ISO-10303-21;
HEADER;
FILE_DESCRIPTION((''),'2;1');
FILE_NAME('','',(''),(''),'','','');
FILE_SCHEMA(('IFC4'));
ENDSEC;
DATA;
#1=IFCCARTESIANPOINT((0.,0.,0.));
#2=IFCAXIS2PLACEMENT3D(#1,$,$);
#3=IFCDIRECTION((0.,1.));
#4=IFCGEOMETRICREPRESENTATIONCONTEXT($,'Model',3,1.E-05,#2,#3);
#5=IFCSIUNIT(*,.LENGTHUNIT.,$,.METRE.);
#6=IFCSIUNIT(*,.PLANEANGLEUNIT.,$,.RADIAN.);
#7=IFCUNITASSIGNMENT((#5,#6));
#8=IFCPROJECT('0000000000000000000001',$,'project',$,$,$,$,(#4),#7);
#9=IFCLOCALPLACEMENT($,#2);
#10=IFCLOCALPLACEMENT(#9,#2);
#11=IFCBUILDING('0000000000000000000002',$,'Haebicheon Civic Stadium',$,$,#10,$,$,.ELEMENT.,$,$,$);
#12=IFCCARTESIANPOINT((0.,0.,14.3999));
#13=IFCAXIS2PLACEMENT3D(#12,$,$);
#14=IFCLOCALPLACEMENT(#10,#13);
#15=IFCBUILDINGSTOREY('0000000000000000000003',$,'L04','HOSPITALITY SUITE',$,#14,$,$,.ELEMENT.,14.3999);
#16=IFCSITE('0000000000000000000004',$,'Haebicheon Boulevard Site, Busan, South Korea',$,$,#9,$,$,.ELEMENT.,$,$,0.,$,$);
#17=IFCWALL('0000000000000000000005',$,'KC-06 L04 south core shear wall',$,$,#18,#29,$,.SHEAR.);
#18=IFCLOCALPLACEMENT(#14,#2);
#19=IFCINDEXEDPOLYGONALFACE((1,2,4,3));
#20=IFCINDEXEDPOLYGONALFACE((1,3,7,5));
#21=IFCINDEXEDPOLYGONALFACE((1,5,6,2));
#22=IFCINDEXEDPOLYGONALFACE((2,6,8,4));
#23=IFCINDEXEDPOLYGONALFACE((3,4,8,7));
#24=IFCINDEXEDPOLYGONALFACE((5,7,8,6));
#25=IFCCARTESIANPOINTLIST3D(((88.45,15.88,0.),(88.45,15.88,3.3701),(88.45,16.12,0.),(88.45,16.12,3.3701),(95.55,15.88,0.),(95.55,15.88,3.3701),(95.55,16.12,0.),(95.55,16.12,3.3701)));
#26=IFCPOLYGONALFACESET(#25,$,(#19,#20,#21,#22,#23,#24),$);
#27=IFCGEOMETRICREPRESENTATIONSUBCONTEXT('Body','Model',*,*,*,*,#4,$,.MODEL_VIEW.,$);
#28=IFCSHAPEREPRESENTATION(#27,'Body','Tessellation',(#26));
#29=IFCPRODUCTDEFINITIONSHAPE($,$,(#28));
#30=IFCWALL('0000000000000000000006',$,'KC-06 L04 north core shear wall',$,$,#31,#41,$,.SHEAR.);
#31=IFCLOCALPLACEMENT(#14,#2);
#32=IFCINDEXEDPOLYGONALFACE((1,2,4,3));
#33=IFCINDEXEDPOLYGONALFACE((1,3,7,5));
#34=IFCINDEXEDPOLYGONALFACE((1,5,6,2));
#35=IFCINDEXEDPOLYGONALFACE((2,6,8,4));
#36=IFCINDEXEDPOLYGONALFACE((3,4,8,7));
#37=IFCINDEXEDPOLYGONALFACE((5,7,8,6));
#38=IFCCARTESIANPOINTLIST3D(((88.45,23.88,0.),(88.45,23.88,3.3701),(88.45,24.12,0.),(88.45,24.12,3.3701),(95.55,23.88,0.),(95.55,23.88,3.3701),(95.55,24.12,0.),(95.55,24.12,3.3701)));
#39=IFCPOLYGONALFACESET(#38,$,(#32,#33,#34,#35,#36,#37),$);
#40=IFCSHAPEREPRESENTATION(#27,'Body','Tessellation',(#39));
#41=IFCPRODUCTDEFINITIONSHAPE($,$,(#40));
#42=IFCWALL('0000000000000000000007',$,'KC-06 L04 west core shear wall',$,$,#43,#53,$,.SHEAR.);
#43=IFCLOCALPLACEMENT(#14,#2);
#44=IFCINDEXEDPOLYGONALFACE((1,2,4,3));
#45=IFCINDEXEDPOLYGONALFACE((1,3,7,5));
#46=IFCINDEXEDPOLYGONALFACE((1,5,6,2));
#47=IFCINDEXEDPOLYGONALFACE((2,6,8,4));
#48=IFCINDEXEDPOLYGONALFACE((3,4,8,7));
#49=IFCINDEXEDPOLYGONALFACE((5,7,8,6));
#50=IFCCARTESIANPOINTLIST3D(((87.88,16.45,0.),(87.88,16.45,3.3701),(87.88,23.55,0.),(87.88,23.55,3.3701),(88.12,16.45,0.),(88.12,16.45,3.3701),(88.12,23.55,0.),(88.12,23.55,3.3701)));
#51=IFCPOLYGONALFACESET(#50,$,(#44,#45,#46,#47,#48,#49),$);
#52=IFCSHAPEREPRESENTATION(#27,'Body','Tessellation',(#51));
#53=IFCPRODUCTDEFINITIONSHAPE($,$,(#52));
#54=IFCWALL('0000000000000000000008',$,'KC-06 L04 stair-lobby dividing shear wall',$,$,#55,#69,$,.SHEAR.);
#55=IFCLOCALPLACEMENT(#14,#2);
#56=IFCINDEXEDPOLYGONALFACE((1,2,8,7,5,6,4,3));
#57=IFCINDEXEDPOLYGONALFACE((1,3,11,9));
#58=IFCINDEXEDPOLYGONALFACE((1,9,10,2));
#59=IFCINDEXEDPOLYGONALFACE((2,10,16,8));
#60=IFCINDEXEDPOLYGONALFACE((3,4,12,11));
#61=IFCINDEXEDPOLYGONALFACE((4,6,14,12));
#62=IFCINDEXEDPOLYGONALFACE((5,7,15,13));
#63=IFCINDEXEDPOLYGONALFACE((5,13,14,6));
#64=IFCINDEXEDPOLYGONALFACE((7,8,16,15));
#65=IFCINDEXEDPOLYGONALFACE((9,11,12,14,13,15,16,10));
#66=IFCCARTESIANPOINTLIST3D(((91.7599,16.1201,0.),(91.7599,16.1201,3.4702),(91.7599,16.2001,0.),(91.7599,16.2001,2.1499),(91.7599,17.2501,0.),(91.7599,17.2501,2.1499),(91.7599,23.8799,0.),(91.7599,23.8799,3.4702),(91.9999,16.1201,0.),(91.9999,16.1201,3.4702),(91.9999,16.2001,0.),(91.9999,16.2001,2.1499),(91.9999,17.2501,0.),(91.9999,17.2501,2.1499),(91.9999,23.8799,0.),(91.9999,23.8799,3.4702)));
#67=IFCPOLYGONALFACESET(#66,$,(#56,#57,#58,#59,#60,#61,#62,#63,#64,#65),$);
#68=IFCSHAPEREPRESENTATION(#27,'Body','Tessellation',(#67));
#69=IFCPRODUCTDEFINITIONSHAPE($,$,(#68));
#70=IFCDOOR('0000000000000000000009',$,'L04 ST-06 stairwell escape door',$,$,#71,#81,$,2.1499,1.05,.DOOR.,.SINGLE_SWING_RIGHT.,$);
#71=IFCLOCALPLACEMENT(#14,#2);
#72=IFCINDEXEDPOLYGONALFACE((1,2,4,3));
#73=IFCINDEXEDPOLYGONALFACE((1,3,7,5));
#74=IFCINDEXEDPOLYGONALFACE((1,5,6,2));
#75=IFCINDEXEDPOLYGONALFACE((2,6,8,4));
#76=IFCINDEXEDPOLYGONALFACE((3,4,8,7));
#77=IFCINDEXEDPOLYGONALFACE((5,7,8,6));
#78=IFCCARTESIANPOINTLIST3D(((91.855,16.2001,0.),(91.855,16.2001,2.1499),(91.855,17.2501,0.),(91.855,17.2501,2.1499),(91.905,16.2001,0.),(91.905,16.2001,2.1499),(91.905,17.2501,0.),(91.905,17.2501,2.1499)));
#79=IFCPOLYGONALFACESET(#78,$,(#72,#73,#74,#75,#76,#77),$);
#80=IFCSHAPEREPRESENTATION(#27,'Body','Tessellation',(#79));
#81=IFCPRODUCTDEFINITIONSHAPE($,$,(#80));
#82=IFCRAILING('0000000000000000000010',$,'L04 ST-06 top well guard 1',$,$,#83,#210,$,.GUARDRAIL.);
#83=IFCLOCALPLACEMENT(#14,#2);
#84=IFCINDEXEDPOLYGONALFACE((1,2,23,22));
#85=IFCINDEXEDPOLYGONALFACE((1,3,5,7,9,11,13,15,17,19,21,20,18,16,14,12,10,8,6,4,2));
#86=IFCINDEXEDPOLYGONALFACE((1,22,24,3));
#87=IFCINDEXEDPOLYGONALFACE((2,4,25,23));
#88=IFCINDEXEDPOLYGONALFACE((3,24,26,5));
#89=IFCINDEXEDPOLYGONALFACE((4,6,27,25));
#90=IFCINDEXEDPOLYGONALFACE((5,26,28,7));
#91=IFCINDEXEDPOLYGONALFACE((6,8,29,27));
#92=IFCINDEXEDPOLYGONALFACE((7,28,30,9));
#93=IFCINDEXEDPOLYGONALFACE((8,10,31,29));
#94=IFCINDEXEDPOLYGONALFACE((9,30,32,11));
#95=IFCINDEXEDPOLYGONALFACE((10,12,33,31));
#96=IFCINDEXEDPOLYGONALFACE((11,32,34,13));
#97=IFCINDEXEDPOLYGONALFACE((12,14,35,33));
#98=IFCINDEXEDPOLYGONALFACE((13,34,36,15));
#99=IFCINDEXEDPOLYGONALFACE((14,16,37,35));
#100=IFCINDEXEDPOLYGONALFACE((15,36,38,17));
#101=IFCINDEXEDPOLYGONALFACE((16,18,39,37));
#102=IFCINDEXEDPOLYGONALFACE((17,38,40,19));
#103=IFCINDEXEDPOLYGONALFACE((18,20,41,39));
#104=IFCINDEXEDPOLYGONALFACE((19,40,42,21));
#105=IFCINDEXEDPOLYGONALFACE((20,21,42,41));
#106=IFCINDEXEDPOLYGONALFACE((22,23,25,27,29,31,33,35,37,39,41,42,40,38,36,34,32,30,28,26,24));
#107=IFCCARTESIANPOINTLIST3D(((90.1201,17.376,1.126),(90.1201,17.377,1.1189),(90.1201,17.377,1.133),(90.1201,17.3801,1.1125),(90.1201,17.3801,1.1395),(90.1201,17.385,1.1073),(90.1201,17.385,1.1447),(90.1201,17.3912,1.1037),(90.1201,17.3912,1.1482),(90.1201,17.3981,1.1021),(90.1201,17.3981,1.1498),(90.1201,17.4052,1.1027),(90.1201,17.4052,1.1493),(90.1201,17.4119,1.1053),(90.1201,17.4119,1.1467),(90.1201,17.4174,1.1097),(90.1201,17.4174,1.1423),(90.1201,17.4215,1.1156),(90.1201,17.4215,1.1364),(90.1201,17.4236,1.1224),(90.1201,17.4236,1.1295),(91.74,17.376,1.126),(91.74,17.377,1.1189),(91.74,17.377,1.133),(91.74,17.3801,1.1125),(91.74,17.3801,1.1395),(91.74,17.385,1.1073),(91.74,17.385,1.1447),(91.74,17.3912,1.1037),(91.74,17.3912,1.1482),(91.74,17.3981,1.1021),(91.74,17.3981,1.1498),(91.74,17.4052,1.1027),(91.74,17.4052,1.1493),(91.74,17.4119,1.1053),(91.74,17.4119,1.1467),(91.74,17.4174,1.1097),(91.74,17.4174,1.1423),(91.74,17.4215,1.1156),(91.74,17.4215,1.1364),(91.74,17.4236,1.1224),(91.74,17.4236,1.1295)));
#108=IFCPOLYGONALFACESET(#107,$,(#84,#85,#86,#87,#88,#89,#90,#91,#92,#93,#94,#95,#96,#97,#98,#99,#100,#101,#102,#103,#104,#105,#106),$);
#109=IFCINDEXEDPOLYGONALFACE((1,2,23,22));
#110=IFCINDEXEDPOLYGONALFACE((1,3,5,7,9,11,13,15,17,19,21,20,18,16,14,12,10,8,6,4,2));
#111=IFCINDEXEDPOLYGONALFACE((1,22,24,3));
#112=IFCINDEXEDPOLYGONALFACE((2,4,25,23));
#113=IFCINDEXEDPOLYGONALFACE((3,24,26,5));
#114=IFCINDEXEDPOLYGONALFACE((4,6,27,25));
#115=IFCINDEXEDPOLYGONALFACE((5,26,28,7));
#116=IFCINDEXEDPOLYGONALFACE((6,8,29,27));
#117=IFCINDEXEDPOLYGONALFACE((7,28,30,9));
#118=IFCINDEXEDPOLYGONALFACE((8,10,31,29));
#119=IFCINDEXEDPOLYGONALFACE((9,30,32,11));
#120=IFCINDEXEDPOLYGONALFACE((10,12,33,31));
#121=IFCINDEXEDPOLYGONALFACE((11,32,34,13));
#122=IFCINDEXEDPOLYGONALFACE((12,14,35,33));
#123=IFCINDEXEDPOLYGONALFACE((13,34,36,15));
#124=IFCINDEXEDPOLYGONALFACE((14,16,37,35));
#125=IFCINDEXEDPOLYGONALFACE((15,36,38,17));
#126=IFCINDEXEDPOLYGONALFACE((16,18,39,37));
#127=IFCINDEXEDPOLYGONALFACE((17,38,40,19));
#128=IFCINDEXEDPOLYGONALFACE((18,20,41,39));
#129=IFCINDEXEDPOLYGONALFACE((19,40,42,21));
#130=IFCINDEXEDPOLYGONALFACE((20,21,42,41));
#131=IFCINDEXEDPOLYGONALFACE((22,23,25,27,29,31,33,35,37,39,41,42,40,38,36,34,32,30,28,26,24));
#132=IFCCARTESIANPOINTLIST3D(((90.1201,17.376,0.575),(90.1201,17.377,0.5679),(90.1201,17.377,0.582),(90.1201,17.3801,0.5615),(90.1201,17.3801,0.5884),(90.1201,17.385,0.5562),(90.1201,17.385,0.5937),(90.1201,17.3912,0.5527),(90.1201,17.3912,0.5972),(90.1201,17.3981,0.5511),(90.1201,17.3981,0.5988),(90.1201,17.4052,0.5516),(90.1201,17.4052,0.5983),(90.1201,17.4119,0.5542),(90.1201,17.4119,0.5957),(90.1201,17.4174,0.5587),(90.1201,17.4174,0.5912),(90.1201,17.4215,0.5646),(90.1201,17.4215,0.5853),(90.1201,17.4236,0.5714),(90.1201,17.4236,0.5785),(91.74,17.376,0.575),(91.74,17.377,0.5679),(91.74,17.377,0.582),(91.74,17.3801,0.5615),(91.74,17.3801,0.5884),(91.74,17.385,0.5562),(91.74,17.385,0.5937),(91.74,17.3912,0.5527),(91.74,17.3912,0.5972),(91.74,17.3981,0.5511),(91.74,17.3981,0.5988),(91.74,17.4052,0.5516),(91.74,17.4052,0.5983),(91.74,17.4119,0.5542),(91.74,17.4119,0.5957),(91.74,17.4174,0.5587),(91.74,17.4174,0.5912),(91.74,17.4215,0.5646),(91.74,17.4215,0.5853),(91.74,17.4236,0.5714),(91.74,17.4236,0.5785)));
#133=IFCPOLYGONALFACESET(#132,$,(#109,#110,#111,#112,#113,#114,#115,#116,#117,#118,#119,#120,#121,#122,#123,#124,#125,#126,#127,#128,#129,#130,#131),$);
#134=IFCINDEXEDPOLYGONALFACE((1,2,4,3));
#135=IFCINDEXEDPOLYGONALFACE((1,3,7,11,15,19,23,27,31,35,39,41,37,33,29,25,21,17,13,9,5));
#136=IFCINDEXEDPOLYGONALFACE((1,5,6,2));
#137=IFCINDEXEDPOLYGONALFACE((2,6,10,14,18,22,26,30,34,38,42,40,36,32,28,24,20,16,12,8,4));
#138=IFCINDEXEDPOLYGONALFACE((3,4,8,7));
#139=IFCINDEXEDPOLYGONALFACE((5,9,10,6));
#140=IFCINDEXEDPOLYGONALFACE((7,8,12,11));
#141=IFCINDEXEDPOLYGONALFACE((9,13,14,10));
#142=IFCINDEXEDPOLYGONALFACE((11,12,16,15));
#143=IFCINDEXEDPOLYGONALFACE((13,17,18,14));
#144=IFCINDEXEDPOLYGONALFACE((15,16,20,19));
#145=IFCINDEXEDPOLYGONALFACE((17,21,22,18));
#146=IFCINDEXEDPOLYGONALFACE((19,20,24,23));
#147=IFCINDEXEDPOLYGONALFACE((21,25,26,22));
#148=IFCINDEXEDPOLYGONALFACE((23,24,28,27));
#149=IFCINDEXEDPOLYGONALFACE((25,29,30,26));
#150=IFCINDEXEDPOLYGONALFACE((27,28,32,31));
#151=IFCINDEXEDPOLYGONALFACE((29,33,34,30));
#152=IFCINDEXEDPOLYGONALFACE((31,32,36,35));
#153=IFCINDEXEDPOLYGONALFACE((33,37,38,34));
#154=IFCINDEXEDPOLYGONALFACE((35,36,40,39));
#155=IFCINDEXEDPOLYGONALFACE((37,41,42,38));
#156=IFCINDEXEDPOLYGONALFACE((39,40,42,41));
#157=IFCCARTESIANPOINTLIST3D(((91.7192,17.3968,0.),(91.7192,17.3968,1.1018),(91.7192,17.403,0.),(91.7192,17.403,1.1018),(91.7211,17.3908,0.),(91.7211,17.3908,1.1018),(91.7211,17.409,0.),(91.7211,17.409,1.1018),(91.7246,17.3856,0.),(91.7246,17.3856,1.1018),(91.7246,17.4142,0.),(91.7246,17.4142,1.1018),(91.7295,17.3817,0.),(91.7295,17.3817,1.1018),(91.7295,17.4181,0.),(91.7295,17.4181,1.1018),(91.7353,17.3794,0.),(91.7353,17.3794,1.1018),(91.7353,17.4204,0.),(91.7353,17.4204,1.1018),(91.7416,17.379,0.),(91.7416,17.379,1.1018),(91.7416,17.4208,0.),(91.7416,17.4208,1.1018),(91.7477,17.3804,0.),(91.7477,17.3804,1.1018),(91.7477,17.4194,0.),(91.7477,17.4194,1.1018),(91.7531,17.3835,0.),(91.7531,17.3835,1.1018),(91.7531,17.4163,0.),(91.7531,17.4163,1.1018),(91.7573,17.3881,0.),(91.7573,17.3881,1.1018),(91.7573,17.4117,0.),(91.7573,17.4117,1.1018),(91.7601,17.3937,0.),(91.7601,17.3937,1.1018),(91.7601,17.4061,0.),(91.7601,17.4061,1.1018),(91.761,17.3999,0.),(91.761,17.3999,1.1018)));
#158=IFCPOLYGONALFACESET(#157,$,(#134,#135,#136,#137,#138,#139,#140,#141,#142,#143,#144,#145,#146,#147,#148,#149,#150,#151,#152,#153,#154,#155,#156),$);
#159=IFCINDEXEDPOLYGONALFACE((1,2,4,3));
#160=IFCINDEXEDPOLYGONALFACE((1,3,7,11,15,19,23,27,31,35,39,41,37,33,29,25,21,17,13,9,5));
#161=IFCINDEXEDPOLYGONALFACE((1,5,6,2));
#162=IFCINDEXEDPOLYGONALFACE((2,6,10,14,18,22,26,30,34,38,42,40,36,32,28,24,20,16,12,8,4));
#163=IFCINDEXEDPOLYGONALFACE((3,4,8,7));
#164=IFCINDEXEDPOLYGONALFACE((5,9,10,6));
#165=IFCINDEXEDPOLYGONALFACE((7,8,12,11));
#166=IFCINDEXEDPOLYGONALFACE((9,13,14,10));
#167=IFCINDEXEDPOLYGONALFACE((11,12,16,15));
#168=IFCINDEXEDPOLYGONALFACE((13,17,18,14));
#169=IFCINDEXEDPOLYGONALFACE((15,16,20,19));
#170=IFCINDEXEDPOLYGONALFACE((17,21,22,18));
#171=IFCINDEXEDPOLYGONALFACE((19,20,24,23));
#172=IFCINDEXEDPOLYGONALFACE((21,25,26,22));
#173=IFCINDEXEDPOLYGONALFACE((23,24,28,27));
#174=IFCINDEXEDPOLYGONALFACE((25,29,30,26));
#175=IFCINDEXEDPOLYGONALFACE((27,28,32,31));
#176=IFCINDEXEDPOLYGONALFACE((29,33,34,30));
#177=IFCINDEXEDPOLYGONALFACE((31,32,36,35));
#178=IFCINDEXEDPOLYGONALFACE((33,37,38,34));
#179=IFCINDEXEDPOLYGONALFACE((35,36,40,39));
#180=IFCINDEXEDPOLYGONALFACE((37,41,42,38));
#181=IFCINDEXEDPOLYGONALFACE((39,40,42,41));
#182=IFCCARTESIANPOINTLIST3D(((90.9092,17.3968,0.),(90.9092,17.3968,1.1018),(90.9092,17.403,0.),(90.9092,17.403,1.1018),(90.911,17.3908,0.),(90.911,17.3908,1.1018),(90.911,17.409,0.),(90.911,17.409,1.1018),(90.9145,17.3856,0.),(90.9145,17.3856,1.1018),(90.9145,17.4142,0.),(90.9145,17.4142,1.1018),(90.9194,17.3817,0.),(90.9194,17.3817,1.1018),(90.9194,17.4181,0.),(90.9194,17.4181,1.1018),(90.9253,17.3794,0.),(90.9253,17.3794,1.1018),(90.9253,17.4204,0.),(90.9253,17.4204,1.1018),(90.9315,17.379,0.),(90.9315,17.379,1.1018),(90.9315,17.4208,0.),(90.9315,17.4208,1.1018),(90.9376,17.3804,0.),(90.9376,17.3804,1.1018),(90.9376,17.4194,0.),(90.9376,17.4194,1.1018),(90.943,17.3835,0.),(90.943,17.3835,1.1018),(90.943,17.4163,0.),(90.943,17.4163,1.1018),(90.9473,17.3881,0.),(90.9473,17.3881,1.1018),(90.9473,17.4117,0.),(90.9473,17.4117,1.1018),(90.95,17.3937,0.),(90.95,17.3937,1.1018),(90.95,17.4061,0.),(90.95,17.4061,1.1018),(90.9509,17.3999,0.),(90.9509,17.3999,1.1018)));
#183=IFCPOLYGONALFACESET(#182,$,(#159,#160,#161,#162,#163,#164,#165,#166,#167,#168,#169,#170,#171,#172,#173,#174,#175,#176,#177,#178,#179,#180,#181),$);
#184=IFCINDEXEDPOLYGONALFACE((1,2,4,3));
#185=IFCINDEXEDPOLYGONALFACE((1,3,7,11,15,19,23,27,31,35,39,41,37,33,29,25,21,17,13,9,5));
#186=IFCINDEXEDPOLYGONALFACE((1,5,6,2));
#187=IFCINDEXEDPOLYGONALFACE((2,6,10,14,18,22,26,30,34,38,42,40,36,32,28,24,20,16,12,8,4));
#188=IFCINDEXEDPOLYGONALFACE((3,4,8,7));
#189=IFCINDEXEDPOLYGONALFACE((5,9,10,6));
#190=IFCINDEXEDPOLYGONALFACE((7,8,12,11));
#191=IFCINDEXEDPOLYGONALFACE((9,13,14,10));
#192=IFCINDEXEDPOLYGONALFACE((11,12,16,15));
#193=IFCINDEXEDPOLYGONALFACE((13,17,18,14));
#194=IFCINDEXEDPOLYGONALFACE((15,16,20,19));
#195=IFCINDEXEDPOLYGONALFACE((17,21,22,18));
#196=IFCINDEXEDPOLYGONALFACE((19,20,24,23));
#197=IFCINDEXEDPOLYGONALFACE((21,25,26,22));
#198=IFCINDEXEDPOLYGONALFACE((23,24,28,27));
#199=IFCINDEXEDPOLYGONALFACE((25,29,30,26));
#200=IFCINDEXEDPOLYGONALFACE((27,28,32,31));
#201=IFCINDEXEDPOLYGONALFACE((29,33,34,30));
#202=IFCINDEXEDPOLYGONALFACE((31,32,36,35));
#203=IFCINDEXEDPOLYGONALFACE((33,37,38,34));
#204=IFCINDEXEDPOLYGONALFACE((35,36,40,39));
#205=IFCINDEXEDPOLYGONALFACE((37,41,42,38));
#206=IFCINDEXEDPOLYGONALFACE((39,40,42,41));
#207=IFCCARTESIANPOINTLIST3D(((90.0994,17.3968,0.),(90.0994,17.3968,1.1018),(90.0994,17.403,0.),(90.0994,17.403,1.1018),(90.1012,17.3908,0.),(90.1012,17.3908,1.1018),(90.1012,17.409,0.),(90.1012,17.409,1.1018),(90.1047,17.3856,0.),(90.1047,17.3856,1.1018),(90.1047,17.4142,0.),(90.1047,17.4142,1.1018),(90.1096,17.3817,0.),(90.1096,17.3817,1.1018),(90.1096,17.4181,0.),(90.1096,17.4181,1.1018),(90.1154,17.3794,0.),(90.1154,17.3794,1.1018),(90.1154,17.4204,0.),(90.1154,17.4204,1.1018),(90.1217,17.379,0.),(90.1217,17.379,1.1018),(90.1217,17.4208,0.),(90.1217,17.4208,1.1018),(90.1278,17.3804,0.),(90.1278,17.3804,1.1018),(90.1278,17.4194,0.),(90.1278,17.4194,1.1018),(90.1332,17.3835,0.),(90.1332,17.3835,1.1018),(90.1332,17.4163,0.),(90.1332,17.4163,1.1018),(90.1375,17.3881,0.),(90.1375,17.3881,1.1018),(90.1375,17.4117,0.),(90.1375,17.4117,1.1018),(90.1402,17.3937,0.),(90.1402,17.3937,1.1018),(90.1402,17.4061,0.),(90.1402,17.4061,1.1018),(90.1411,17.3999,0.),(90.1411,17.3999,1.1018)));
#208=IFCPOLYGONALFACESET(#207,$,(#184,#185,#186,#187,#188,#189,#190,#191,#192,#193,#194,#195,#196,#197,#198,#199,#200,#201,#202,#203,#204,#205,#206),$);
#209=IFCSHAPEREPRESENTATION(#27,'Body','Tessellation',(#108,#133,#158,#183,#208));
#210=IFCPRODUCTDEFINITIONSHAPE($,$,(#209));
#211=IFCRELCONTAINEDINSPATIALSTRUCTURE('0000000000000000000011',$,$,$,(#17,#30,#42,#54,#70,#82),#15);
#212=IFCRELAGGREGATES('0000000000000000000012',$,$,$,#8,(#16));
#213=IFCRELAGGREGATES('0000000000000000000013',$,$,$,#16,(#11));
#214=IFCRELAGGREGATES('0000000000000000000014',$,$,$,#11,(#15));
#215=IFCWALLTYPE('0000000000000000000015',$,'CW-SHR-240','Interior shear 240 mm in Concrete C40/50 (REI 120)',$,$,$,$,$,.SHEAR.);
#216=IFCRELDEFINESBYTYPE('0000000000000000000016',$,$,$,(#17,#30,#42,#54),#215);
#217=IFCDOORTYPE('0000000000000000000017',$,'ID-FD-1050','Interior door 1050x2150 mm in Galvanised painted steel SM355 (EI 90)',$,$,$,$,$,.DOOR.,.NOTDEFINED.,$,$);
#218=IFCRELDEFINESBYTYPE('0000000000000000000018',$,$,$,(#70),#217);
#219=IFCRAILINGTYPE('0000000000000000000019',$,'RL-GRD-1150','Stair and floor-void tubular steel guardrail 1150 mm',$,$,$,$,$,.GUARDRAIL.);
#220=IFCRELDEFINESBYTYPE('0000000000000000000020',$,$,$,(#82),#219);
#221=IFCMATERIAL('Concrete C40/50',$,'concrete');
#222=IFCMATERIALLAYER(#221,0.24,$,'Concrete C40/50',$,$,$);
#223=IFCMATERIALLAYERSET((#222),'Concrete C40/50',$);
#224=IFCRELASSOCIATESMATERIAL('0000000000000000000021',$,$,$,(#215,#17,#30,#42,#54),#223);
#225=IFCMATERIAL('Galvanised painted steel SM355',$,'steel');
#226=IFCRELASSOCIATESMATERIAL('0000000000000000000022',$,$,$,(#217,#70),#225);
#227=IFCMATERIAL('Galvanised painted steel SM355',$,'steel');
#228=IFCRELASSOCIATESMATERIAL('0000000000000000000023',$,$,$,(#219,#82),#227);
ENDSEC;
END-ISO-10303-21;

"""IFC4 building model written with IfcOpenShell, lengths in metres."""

from ifc_helpers import new_model, si_unit, direction, frame, frame_2d, origin, origin_2d, place, context, subcontext, project, spatial, rectangle, circle, extrude, material, layer, layer_set, type_object, element, fill, save


model = new_model("IFC4")

# Units and contexts
model_context = context("Model", 3, precision=1e-05, world=origin(), true_north=direction((0.0, 1.0)))
body_context = subcontext(model_context, "Body", "Model", "MODEL_VIEW")
ifc_project = project(units=[si_unit("LENGTHUNIT", "METRE"), si_unit("PLANEANGLEUNIT", "RADIAN")], contexts=[model_context])

# Site, building, storey
site_placement = place(None, origin())
site = spatial("IfcSite", under=ifc_project, at=site_placement, Name="Haebicheon Boulevard Site, Busan, South Korea", CompositionType="ELEMENT", RefElevation=0.0)
building_placement = place(site_placement, origin())
building = spatial("IfcBuilding", under=site, at=building_placement, Name="Haebicheon Civic Stadium", CompositionType="ELEMENT")
storey_placement = place(building_placement, frame((0.0, 0.0, 14.3999)))
storey = spatial("IfcBuildingStorey", under=building, at=storey_placement, Name="L04", Description="HOSPITALITY SUITE", CompositionType="ELEMENT", Elevation=14.3999)

# Walls
ifc_material_1 = material(Name="Concrete C40/50", Category="concrete")
ifc_layer_1 = layer(ifc_material_1, 0.24, Name="Concrete C40/50")
ifc_layer_set_1 = layer_set([ifc_layer_1], Name="Concrete C40/50")
wall_type = type_object("IfcWallType", Name="CW-SHR-240", Description="Interior shear 240 mm in Concrete C40/50 (REI 120)", PredefinedType="SHEAR", material=ifc_layer_set_1)
for number, where, z_axis, x_axis, name in (
    (1, (88.45, 16.0, 0.0), (0.0, 0.0, 1.0), (1.0, 0.0, 0.0), "KC-06 L04 south core shear wall"),
    (2, (88.45, 24.0, 0.0), (0.0, 0.0, 1.0), (1.0, 0.0, 0.0), "KC-06 L04 north core shear wall"),
    (3, (88.0, 16.45, 0.0), (0.0, 0.0, 1.0), (0.0, 1.0, 0.0), "KC-06 L04 west core shear wall"),
):
    element("IfcWall", number, at=place(storey_placement, frame(where, z_axis=z_axis, x_axis=x_axis)), inside=storey, type_object=wall_type, material=ifc_layer_set_1, Name=name, PredefinedType="SHEAR", context=body_context, shape_type="SweptSolid", body=[
        extrude(rectangle(XDim=7.1001, YDim=0.24, at=frame_2d((3.55, 0.0))), origin(), (0.0, 0.0, 1.0), 3.3701),
    ])

# Wall, opening, door
wall_placement = place(storey_placement, frame((91.8799, 16.1201, 0.0), z_axis=(0.0, 0.0, 1.0), x_axis=(0.0, 1.0, 0.0)))
wall = element("IfcWall", 4, at=wall_placement, inside=storey, type_object=wall_type, material=ifc_layer_set_1, Name="KC-06 L04 stair-lobby dividing shear wall", PredefinedType="SHEAR", context=body_context, shape_type="SweptSolid", body=[
    extrude(rectangle(XDim=7.7598, YDim=0.24, at=frame_2d((3.8799, 0.0))), origin(), (0.0, 0.0, 1.0), 3.4702),
])
opening_placement = place(wall_placement, frame((0.0801, 0.0, 0.0)))
opening = element("IfcOpeningElement", 5, at=opening_placement, cuts=wall, PredefinedType="OPENING", context=body_context, shape_type="SweptSolid", body=[
    extrude(rectangle(XDim=1.05, YDim=2.1499, at=frame_2d((0.5249, 1.075))), frame((0.0, 0.1299, 0.0), z_axis=(0.0, -1.0, 0.0), x_axis=(1.0, 0.0, 0.0)), (0.0, 0.0, 1.0), 0.26),
])
ifc_material_2 = material(Name="Galvanised painted steel SM355", Category="steel")
door_type = type_object("IfcDoorType", Name="ID-FD-1050", Description="Interior door 1050x2150 mm in Galvanised painted steel SM355 (EI 90)", OperationType="NOTDEFINED", PredefinedType="DOOR", material=ifc_material_2)
door_placement = place(opening_placement, origin())
door = element("IfcDoor", 6, at=door_placement, inside=storey, type_object=door_type, material=ifc_material_2, Name="L04 ST-06 stairwell escape door", OperationType="SINGLE_SWING_RIGHT", OverallHeight=2.1499, OverallWidth=1.05, PredefinedType="DOOR", context=body_context, shape_type="SweptSolid", body=[
    extrude(rectangle(XDim=1.05, YDim=2.1499, at=frame_2d((0.5249, 1.075))), frame((0.0, 0.0249, 0.0), z_axis=(0.0, -1.0, 0.0), x_axis=(1.0, 0.0, 0.0)), (0.0, 0.0, 1.0), 0.05),
])
fill(opening, door)

# Railing
ifc_material_3 = material(Name="Galvanised painted steel SM355", Category="steel")
railing_type = type_object("IfcRailingType", Name="RL-GRD-1150", Description="Stair and floor-void tubular steel guardrail 1150 mm", PredefinedType="GUARDRAIL", material=ifc_material_3)
railing_1_placement = place(storey_placement, frame((91.74, 17.3999, 0.0)))
element("IfcRailing", 7, at=railing_1_placement, inside=storey, type_object=railing_type, material=ifc_material_3, Name="L04 ST-06 top well guard 1", PredefinedType="GUARDRAIL", context=body_context, shape_type="SweptSolid", body=[
    extrude(circle(Radius=0.0239, at=origin_2d()), frame((0.0, 0.0, 1.126), z_axis=(-1.0, 0.0, 0.0), x_axis=(0.0, -1.0, 0.0)), (0.0, 0.0, 1.0), 1.6199),
    extrude(circle(Radius=0.0239, at=origin_2d()), frame((0.0, 0.0, 0.575), z_axis=(-1.0, 0.0, 0.0), x_axis=(0.0, -1.0, 0.0)), (0.0, 0.0, 1.0), 1.6199),
    extrude(circle(Radius=0.021, at=origin_2d()), origin(), (0.0, 0.0, 1.0), 1.1018),
    extrude(circle(Radius=0.021, at=origin_2d()), frame((-0.8101, 0.0, 0.0)), (0.0, 0.0, 1.0), 1.1018),
    extrude(circle(Radius=0.021, at=origin_2d()), frame((-1.6199, 0.0, 0.0)), (0.0, 0.0, 1.0), 1.1018),
])

save(model, "model.ifc")
